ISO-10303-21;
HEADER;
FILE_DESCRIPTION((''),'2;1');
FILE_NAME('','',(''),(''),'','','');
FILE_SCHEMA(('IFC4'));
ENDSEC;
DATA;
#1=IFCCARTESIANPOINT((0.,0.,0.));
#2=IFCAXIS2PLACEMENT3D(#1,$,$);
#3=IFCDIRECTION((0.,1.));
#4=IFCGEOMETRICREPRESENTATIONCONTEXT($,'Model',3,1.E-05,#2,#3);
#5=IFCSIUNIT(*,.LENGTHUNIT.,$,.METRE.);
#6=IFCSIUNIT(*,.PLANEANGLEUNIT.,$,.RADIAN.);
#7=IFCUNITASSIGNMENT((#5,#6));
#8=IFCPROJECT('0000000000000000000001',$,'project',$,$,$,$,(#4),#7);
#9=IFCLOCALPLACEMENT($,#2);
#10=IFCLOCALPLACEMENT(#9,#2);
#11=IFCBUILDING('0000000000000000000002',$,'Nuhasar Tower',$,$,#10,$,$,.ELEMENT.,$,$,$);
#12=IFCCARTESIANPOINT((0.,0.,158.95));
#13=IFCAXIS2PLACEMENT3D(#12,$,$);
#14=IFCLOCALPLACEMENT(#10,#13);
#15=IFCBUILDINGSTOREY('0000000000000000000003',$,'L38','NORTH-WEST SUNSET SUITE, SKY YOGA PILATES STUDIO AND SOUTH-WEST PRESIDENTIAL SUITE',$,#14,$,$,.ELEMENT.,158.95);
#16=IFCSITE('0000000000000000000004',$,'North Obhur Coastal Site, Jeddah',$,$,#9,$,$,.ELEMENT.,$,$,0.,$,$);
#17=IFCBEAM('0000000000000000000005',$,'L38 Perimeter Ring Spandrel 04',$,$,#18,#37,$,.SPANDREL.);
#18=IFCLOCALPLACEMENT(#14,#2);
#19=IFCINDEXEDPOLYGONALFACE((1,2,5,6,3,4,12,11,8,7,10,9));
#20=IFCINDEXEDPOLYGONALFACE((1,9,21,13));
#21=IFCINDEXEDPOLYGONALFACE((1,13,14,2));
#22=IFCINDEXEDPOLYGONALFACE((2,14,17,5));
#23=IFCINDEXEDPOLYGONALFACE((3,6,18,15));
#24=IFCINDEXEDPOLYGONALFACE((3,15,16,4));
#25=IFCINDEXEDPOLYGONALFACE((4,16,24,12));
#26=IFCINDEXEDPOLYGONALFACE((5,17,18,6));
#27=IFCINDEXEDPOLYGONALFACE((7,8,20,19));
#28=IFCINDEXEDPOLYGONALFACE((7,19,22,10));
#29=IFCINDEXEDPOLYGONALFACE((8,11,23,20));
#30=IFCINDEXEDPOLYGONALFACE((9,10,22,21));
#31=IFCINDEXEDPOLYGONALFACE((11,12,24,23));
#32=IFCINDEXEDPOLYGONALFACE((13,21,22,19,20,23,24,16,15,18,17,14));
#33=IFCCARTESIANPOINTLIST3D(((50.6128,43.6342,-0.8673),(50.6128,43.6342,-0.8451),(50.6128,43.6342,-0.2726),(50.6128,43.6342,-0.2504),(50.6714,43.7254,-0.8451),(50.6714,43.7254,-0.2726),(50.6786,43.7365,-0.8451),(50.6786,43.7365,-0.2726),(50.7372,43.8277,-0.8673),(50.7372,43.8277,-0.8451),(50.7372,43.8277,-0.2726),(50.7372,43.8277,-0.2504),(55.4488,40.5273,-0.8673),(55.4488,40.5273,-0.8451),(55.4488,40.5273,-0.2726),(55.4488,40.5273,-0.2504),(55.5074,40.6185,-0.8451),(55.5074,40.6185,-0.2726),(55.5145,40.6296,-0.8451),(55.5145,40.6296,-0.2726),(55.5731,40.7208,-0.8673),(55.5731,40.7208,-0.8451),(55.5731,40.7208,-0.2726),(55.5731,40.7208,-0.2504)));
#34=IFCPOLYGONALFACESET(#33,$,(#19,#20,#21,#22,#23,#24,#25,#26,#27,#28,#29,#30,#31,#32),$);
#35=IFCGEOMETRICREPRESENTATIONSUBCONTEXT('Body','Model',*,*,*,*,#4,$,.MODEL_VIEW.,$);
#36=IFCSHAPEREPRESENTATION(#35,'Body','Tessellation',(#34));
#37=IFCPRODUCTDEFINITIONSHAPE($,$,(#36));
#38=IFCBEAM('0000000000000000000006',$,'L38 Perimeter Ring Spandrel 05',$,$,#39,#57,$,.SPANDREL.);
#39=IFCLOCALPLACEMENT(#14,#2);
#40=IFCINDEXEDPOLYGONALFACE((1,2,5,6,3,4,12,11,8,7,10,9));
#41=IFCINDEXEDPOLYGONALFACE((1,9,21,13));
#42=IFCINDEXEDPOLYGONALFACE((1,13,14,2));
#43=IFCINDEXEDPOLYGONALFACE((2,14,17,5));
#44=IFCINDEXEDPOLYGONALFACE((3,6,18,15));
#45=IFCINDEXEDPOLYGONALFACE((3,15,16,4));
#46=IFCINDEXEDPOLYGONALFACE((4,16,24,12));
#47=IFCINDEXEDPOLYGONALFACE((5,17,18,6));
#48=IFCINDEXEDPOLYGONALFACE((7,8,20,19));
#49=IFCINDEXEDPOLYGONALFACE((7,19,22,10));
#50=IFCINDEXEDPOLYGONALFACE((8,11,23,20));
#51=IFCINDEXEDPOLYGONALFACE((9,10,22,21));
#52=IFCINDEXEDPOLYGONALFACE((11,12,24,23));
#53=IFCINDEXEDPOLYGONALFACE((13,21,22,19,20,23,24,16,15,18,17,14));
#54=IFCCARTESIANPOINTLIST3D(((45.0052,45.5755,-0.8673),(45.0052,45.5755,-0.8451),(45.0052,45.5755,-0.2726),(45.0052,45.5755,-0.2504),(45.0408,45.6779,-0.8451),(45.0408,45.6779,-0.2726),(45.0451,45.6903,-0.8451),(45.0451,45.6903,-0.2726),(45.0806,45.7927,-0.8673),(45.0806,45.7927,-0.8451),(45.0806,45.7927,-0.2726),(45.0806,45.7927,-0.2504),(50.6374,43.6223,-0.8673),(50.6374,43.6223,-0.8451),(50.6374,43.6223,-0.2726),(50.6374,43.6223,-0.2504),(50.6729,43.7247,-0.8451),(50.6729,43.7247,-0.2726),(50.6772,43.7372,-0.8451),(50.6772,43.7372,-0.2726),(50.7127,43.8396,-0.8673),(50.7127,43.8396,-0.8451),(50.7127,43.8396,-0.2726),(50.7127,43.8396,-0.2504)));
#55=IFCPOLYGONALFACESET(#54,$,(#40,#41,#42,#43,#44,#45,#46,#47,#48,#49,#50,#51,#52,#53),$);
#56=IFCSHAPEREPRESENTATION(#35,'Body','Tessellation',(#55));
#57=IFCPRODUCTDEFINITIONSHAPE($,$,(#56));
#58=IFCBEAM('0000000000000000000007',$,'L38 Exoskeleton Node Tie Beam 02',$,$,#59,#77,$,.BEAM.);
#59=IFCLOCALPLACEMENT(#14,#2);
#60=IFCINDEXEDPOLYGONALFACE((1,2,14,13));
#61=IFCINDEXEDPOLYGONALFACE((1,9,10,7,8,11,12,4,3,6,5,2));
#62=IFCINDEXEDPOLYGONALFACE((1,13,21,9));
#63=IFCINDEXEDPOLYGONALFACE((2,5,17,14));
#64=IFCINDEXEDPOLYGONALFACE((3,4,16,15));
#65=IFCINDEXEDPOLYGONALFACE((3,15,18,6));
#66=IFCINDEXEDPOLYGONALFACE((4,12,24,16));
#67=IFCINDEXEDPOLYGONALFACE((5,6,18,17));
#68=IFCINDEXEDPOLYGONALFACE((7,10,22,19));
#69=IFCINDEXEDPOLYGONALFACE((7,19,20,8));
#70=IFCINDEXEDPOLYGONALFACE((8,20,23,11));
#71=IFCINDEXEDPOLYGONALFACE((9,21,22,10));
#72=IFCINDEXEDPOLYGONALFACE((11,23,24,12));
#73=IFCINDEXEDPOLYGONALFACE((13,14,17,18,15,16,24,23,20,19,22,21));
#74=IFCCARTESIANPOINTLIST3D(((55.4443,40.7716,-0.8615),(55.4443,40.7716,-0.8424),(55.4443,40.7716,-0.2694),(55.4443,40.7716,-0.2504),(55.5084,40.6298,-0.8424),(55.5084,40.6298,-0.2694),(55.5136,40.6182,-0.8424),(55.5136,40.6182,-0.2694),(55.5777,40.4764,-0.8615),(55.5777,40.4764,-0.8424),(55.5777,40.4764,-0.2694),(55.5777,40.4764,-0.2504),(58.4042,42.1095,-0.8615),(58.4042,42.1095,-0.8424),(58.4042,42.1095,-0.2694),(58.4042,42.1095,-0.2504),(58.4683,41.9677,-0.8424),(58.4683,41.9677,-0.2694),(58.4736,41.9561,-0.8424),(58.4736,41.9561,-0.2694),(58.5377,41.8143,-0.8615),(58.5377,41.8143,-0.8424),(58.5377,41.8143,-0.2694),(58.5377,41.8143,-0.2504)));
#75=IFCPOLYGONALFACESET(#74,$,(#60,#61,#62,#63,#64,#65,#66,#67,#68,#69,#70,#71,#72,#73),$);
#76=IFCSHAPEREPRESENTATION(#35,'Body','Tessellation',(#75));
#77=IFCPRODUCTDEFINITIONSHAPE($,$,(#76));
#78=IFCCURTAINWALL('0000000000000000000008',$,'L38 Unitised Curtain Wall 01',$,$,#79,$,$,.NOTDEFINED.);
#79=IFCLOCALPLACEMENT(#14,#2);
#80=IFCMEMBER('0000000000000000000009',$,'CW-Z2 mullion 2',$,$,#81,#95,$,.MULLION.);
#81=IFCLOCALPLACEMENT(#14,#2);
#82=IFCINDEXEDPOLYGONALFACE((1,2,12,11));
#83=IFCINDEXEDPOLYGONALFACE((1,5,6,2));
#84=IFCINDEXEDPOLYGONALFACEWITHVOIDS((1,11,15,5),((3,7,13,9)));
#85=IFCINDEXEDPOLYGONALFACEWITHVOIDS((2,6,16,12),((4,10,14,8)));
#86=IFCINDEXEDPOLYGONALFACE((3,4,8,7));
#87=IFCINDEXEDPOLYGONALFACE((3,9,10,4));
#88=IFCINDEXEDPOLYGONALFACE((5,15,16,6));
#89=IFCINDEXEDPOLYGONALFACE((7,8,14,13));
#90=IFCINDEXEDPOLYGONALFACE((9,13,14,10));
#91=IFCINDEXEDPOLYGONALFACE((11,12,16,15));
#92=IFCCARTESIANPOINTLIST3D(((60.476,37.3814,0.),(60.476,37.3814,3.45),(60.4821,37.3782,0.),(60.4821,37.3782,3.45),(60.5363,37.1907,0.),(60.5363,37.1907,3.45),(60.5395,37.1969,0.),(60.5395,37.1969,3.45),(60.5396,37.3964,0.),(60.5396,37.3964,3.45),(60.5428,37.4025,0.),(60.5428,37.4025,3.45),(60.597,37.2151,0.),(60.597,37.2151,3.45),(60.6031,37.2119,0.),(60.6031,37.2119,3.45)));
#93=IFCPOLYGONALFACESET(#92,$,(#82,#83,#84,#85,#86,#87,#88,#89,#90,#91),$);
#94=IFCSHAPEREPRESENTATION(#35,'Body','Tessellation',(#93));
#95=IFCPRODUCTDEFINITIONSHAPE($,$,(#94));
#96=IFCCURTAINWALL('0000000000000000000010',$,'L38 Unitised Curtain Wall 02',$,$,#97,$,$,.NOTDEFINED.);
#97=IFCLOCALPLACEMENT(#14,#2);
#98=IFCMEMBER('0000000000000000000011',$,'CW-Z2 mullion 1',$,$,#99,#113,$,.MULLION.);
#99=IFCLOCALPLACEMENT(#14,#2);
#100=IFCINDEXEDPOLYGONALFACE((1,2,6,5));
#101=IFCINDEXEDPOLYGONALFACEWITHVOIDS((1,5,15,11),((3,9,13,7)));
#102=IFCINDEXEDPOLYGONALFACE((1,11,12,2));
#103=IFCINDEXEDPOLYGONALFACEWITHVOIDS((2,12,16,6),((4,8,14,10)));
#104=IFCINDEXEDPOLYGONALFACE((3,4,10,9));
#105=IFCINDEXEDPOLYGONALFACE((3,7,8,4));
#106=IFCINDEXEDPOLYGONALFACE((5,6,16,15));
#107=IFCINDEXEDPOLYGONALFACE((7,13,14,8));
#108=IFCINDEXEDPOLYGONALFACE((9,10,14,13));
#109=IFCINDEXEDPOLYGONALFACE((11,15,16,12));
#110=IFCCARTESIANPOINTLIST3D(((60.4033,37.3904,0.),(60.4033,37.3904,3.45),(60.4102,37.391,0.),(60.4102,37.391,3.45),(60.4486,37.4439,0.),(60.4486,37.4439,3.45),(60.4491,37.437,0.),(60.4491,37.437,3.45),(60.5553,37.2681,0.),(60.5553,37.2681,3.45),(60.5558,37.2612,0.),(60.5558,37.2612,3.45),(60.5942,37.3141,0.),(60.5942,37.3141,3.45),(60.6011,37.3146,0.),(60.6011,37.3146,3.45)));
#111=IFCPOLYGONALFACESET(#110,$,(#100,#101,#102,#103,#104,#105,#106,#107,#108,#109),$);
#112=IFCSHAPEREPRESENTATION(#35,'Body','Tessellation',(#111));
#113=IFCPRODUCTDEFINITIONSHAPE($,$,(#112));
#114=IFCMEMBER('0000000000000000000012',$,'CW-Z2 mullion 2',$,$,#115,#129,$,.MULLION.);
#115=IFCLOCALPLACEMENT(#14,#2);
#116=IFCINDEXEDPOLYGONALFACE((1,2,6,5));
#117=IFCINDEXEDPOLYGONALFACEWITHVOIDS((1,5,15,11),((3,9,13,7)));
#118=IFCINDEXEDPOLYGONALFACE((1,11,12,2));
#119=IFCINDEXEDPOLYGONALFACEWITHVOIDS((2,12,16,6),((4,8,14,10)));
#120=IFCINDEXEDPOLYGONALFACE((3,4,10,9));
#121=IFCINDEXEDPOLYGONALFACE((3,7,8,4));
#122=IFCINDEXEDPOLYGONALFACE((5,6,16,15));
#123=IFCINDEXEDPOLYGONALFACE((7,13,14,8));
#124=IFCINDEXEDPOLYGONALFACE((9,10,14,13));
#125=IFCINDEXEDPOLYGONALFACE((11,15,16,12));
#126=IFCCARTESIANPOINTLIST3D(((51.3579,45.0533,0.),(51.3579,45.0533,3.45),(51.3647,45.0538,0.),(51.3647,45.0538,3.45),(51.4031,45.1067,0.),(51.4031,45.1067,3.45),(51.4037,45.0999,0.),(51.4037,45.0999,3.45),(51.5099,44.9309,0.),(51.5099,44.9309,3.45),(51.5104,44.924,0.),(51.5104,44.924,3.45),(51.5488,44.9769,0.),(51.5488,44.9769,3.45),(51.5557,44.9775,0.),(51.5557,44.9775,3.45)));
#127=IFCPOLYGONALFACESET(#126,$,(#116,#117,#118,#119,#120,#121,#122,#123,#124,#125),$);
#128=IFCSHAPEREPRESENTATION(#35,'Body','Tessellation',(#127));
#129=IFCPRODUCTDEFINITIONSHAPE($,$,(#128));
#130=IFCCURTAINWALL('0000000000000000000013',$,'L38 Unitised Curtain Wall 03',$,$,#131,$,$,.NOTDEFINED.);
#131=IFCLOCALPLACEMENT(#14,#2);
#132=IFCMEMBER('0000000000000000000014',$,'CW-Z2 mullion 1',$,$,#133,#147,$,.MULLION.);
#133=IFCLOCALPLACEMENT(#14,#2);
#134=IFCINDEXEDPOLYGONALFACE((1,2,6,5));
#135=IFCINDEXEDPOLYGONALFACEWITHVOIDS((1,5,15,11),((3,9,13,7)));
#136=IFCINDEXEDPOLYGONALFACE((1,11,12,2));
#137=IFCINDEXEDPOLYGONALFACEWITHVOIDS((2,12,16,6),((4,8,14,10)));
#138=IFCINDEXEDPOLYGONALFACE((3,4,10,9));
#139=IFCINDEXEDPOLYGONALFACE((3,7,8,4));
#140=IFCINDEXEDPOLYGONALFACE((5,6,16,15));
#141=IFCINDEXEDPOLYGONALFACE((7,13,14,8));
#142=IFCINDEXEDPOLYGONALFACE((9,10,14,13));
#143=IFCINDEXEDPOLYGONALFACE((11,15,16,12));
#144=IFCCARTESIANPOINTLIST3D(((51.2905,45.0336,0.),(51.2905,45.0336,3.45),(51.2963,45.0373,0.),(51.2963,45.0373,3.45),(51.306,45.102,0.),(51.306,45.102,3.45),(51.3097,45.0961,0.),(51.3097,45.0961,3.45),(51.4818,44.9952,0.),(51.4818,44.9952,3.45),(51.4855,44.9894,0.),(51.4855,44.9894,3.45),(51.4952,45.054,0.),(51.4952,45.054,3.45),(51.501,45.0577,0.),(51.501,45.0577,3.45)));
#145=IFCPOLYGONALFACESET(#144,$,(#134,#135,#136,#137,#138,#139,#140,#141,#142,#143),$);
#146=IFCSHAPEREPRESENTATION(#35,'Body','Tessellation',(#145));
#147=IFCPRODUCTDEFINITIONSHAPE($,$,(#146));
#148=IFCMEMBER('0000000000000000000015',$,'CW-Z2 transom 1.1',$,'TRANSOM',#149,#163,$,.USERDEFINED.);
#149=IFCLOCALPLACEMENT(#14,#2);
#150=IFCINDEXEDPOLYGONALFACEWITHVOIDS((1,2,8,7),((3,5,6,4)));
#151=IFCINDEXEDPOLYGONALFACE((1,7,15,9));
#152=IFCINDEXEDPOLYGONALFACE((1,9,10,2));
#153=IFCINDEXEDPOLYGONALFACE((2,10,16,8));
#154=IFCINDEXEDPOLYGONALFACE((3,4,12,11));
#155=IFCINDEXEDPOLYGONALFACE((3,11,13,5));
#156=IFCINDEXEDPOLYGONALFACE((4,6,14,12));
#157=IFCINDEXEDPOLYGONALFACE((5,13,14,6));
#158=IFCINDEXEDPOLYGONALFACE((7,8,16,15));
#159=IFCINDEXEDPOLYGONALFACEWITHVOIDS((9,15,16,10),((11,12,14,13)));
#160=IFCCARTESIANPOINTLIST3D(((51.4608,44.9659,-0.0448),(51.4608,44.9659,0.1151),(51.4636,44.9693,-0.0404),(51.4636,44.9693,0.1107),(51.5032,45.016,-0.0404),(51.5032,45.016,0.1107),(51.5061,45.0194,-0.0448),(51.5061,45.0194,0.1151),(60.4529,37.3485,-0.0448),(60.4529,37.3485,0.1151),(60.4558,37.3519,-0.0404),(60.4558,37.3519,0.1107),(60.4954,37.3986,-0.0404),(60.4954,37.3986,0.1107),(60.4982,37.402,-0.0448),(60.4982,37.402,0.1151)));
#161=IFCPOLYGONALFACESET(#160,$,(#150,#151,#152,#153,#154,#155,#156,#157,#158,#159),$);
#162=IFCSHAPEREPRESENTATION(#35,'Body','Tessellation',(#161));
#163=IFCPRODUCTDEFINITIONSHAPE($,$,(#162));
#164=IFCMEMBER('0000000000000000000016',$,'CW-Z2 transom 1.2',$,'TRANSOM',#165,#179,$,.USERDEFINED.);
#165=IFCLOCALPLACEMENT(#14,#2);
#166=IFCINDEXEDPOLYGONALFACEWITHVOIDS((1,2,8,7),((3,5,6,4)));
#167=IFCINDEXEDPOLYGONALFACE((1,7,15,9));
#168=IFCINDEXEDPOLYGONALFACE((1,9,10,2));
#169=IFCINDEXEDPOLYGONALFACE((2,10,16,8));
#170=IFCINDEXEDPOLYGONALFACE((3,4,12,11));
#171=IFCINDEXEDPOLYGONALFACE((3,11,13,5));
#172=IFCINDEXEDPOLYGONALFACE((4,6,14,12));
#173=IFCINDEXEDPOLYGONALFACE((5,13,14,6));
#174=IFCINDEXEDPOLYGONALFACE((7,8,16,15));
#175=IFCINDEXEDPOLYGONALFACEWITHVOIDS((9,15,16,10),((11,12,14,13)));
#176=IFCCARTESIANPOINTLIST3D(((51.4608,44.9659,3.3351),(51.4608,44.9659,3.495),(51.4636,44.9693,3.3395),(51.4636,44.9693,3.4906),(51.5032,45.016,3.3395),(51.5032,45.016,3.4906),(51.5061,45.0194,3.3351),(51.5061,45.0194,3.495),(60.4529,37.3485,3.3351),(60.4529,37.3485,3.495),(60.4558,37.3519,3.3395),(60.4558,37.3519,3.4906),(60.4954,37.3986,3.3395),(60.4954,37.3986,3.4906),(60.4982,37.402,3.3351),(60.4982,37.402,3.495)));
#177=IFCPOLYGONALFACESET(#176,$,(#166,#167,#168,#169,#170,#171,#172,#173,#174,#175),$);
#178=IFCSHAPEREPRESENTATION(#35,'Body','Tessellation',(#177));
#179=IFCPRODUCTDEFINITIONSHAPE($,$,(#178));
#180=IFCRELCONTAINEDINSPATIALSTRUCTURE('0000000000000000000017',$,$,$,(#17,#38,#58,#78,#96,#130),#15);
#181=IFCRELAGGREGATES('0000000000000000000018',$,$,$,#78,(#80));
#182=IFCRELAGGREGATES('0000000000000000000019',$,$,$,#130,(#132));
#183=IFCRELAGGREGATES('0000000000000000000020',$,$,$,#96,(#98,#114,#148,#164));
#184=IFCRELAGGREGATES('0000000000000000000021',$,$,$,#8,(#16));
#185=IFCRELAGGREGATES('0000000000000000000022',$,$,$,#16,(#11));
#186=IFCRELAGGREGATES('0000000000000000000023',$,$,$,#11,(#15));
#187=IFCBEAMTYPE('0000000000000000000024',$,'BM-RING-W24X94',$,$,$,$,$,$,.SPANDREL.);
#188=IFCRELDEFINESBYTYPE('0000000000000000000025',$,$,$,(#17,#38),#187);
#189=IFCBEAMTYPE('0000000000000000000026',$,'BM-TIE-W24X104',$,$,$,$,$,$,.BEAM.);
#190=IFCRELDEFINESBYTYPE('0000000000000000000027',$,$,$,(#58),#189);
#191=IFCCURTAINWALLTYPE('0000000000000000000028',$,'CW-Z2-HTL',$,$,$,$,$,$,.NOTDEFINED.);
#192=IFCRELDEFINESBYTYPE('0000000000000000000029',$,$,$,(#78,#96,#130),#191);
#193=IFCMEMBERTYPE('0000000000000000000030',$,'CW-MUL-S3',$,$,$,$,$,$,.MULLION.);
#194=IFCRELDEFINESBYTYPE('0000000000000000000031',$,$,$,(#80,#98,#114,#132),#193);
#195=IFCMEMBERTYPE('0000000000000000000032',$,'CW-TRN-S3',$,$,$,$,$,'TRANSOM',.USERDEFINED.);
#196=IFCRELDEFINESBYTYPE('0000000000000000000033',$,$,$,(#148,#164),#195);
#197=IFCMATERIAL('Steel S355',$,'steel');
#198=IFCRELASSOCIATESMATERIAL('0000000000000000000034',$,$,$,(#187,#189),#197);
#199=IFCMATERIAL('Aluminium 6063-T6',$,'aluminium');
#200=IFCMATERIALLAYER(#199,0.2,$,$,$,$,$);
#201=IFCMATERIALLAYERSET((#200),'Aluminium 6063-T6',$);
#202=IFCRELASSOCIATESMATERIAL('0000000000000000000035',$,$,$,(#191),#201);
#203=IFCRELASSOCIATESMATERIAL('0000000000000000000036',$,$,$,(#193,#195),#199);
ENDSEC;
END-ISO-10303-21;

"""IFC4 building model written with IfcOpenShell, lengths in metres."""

from ifc_helpers import new_model, si_unit, direction, frame, origin, origin_2d, place, context, subcontext, project, spatial, hollow_rectangle, i_section, extrude, material, layer, layer_set, material_profile, profile_set, type_object, element, aggregate, save


model = new_model("IFC4")

# Units and contexts
model_context = context("Model", 3, precision=1e-05, world=origin(), true_north=direction((0.0, 1.0)))
body_context = subcontext(model_context, "Body", "Model", "MODEL_VIEW")
ifc_project = project(units=[si_unit("LENGTHUNIT", "METRE"), si_unit("PLANEANGLEUNIT", "RADIAN")], contexts=[model_context])

# Site, building, storey
site_placement = place(None, origin())
site = spatial("IfcSite", under=ifc_project, at=site_placement, Name="North Obhur Coastal Site, Jeddah", CompositionType="ELEMENT", RefElevation=0.0)
building_placement = place(site_placement, origin())
building = spatial("IfcBuilding", under=site, at=building_placement, Name="Nuhasar Tower", CompositionType="ELEMENT")
storey_placement = place(building_placement, frame((0.0, 0.0, 158.95)))
storey = spatial("IfcBuildingStorey", under=building, at=storey_placement, Name="L38", Description="NORTH-WEST SUNSET SUITE, SKY YOGA PILATES STUDIO AND SOUTH-WEST PRESIDENTIAL SUITE", CompositionType="ELEMENT", Elevation=158.95)

# Beams
ifc_material_1 = material(Name="Steel S355", Category="steel")
ifc_material_profile_1 = material_profile(ifc_material_1, i_section(OverallWidth=0.23, OverallDepth=0.6169, WebThickness=0.0132, FlangeThickness=0.0222, at=origin_2d()), Name="W24X94")
ifc_profile_set_1 = profile_set([ifc_material_profile_1], Name="Steel S355")
beam_type_1 = type_object("IfcBeamType", Name="BM-RING-W24X94", PredefinedType="SPANDREL", material=ifc_profile_set_1)
beam_1_placement = place(storey_placement, frame((55.511, 40.624, -0.5588), z_axis=(-0.841327, 0.540526, 0.0), x_axis=(-0.540526, -0.841327, 0.0)))
element("IfcBeam", 1, at=beam_1_placement, inside=storey, type_object=beam_type_1, Name="L38 Perimeter Ring Spandrel 04", PredefinedType="SPANDREL", context=body_context, shape_type="SweptSolid", body=[
    extrude(i_section(OverallWidth=0.23, OverallDepth=0.6169, WebThickness=0.0132, FlangeThickness=0.0222, at=origin_2d()), origin(), (0.0, 0.0, 1.0), 5.748),
])
beam_2_placement = place(storey_placement, frame((50.675, 43.731, -0.5588), z_axis=(-0.944801, 0.327644, 0.0), x_axis=(-0.327644, -0.944801, 0.0)))
element("IfcBeam", 2, at=beam_2_placement, inside=storey, type_object=beam_type_1, Name="L38 Perimeter Ring Spandrel 05", PredefinedType="SPANDREL", context=body_context, shape_type="SweptSolid", body=[
    extrude(i_section(OverallWidth=0.23, OverallDepth=0.6169, WebThickness=0.0132, FlangeThickness=0.0222, at=origin_2d()), origin(), (0.0, 0.0, 1.0), 5.9612),
])
ifc_material_profile_2 = material_profile(ifc_material_1, i_section(OverallWidth=0.324, OverallDepth=0.6111, WebThickness=0.0127, FlangeThickness=0.019, at=origin_2d()), Name="W24X104")
ifc_profile_set_2 = profile_set([ifc_material_profile_2], Name="Steel S355")
beam_type_2 = type_object("IfcBeamType", Name="BM-TIE-W24X104", PredefinedType="BEAM", material=ifc_profile_set_2)
beam_3_placement = place(storey_placement, frame((55.511, 40.624, -0.5559), z_axis=(0.91124, 0.411877, 0.0), x_axis=(-0.411877, 0.91124, 0.0)))
element("IfcBeam", 3, at=beam_3_placement, inside=storey, type_object=beam_type_2, Name="L38 Exoskeleton Node Tie Beam 02", PredefinedType="BEAM", context=body_context, shape_type="SweptSolid", body=[
    extrude(i_section(OverallWidth=0.324, OverallDepth=0.6111, WebThickness=0.0127, FlangeThickness=0.019, at=origin_2d()), origin(), (0.0, 0.0, 1.0), 3.2483),
])

# Curtain wall, member
ifc_material_2 = material(Name="Aluminium 6063-T6", Category="aluminium")
ifc_layer_1 = layer(ifc_material_2, 0.2)
ifc_layer_set_1 = layer_set([ifc_layer_1], Name="Aluminium 6063-T6")
curtain_wall_type = type_object("IfcCurtainWallType", Name="CW-Z2-HTL", PredefinedType="NOTDEFINED", material=ifc_layer_set_1)
curtain_wall_1_placement = place(storey_placement, origin())
curtain_wall_1 = element("IfcCurtainWall", 4, at=curtain_wall_1_placement, inside=storey, type_object=curtain_wall_type, Name="L38 Unitised Curtain Wall 01", PredefinedType="NOTDEFINED")
ifc_material_profile_3 = material_profile(ifc_material_2, hollow_rectangle(XDim=0.0701, YDim=0.2, WallThickness=0.0049, at=origin_2d()), Name="CWM-3")
ifc_profile_set_3 = profile_set([ifc_material_profile_3], Name="Aluminium 6063-T6")
member_type_1 = type_object("IfcMemberType", Name="CW-MUL-S3", PredefinedType="MULLION", material=ifc_profile_set_3)
member_1_placement = place(storey_placement, frame((60.5396, 37.2966, 0.0), z_axis=(0.0, 0.0, 1.0), x_axis=(-0.953433, -0.301604, 0.0)))
member_1 = element("IfcMember", 5, at=member_1_placement, type_object=member_type_1, Name="CW-Z2 mullion 2", PredefinedType="MULLION", context=body_context, shape_type="SweptSolid", body=[
    extrude(hollow_rectangle(XDim=0.0701, YDim=0.2, WallThickness=0.0049, at=origin_2d()), origin(), (0.0, 0.0, 1.0), 3.45),
])
aggregate(curtain_wall_1, [member_1])

# Curtain wall, members
curtain_wall_2_placement = place(storey_placement, origin())
curtain_wall_2 = element("IfcCurtainWall", 6, at=curtain_wall_2_placement, inside=storey, type_object=curtain_wall_type, Name="L38 Unitised Curtain Wall 02", PredefinedType="NOTDEFINED")
member_2_placement = place(storey_placement, frame((60.5022, 37.3525, 0.0), z_axis=(0.0, 0.0, 1.0), x_axis=(-0.646374, -0.76302, 0.0)))
member_2 = element("IfcMember", 7, at=member_2_placement, type_object=member_type_1, Name="CW-Z2 mullion 1", PredefinedType="MULLION", context=body_context, shape_type="SweptSolid", body=[
    extrude(hollow_rectangle(XDim=0.0701, YDim=0.2, WallThickness=0.0049, at=origin_2d()), origin(), (0.0, 0.0, 1.0), 3.45),
])
member_3_placement = place(storey_placement, frame((51.4568, 45.0154, 0.0), z_axis=(0.0, 0.0, 1.0), x_axis=(-0.646374, -0.76302, 0.0)))
member_3 = element("IfcMember", 8, at=member_3_placement, type_object=member_type_1, Name="CW-Z2 mullion 2", PredefinedType="MULLION", context=body_context, shape_type="SweptSolid", body=[
    extrude(hollow_rectangle(XDim=0.0701, YDim=0.2, WallThickness=0.0049, at=origin_2d()), origin(), (0.0, 0.0, 1.0), 3.45),
])

# Curtain wall, member
curtain_wall_3_placement = place(storey_placement, origin())
curtain_wall_3 = element("IfcCurtainWall", 9, at=curtain_wall_3_placement, inside=storey, type_object=curtain_wall_type, Name="L38 Unitised Curtain Wall 03", PredefinedType="NOTDEFINED")
member_4_placement = place(storey_placement, frame((51.3958, 45.0457, 0.0), z_axis=(0.0, 0.0, 1.0), x_axis=(-0.221397, -0.975184, 0.0)))
member_4 = element("IfcMember", 10, at=member_4_placement, type_object=member_type_1, Name="CW-Z2 mullion 1", PredefinedType="MULLION", context=body_context, shape_type="SweptSolid", body=[
    extrude(hollow_rectangle(XDim=0.0701, YDim=0.2, WallThickness=0.0049, at=origin_2d()), origin(), (0.0, 0.0, 1.0), 3.45),
])

# Members
ifc_material_profile_4 = material_profile(ifc_material_2, hollow_rectangle(XDim=0.0701, YDim=0.1599, WallThickness=0.0044, at=origin_2d()), Name="CWT-3")
ifc_profile_set_4 = profile_set([ifc_material_profile_4], Name="Aluminium 6063-T6")
member_type_2 = type_object("IfcMemberType", Name="CW-TRN-S3", ElementType="TRANSOM", PredefinedType="USERDEFINED", material=ifc_profile_set_4)
member_5_placement = place(storey_placement, frame((60.4756, 37.3752, 0.0352), z_axis=(-0.763024, 0.64637, 0.0), x_axis=(-0.64637, -0.763024, 0.0)))
member_5 = element("IfcMember", 11, at=member_5_placement, type_object=member_type_2, Name="CW-Z2 transom 1.1", ObjectType="TRANSOM", PredefinedType="USERDEFINED", context=body_context, shape_type="SweptSolid", body=[
    extrude(hollow_rectangle(XDim=0.0701, YDim=0.1599, WallThickness=0.0044, at=origin_2d()), origin(), (0.0, 0.0, 1.0), 11.7849),
])
member_6_placement = place(storey_placement, frame((60.4756, 37.3752, 3.415), z_axis=(-0.763024, 0.64637, 0.0), x_axis=(-0.64637, -0.763024, 0.0)))
member_6 = element("IfcMember", 12, at=member_6_placement, type_object=member_type_2, Name="CW-Z2 transom 1.2", ObjectType="TRANSOM", PredefinedType="USERDEFINED", context=body_context, shape_type="SweptSolid", body=[
    extrude(hollow_rectangle(XDim=0.0701, YDim=0.1599, WallThickness=0.0044, at=origin_2d()), origin(), (0.0, 0.0, 1.0), 11.7849),
])
aggregate(curtain_wall_3, [member_4])

aggregate(curtain_wall_2, [member_2, member_3, member_5, member_6])

save(model, "model.ifc")
